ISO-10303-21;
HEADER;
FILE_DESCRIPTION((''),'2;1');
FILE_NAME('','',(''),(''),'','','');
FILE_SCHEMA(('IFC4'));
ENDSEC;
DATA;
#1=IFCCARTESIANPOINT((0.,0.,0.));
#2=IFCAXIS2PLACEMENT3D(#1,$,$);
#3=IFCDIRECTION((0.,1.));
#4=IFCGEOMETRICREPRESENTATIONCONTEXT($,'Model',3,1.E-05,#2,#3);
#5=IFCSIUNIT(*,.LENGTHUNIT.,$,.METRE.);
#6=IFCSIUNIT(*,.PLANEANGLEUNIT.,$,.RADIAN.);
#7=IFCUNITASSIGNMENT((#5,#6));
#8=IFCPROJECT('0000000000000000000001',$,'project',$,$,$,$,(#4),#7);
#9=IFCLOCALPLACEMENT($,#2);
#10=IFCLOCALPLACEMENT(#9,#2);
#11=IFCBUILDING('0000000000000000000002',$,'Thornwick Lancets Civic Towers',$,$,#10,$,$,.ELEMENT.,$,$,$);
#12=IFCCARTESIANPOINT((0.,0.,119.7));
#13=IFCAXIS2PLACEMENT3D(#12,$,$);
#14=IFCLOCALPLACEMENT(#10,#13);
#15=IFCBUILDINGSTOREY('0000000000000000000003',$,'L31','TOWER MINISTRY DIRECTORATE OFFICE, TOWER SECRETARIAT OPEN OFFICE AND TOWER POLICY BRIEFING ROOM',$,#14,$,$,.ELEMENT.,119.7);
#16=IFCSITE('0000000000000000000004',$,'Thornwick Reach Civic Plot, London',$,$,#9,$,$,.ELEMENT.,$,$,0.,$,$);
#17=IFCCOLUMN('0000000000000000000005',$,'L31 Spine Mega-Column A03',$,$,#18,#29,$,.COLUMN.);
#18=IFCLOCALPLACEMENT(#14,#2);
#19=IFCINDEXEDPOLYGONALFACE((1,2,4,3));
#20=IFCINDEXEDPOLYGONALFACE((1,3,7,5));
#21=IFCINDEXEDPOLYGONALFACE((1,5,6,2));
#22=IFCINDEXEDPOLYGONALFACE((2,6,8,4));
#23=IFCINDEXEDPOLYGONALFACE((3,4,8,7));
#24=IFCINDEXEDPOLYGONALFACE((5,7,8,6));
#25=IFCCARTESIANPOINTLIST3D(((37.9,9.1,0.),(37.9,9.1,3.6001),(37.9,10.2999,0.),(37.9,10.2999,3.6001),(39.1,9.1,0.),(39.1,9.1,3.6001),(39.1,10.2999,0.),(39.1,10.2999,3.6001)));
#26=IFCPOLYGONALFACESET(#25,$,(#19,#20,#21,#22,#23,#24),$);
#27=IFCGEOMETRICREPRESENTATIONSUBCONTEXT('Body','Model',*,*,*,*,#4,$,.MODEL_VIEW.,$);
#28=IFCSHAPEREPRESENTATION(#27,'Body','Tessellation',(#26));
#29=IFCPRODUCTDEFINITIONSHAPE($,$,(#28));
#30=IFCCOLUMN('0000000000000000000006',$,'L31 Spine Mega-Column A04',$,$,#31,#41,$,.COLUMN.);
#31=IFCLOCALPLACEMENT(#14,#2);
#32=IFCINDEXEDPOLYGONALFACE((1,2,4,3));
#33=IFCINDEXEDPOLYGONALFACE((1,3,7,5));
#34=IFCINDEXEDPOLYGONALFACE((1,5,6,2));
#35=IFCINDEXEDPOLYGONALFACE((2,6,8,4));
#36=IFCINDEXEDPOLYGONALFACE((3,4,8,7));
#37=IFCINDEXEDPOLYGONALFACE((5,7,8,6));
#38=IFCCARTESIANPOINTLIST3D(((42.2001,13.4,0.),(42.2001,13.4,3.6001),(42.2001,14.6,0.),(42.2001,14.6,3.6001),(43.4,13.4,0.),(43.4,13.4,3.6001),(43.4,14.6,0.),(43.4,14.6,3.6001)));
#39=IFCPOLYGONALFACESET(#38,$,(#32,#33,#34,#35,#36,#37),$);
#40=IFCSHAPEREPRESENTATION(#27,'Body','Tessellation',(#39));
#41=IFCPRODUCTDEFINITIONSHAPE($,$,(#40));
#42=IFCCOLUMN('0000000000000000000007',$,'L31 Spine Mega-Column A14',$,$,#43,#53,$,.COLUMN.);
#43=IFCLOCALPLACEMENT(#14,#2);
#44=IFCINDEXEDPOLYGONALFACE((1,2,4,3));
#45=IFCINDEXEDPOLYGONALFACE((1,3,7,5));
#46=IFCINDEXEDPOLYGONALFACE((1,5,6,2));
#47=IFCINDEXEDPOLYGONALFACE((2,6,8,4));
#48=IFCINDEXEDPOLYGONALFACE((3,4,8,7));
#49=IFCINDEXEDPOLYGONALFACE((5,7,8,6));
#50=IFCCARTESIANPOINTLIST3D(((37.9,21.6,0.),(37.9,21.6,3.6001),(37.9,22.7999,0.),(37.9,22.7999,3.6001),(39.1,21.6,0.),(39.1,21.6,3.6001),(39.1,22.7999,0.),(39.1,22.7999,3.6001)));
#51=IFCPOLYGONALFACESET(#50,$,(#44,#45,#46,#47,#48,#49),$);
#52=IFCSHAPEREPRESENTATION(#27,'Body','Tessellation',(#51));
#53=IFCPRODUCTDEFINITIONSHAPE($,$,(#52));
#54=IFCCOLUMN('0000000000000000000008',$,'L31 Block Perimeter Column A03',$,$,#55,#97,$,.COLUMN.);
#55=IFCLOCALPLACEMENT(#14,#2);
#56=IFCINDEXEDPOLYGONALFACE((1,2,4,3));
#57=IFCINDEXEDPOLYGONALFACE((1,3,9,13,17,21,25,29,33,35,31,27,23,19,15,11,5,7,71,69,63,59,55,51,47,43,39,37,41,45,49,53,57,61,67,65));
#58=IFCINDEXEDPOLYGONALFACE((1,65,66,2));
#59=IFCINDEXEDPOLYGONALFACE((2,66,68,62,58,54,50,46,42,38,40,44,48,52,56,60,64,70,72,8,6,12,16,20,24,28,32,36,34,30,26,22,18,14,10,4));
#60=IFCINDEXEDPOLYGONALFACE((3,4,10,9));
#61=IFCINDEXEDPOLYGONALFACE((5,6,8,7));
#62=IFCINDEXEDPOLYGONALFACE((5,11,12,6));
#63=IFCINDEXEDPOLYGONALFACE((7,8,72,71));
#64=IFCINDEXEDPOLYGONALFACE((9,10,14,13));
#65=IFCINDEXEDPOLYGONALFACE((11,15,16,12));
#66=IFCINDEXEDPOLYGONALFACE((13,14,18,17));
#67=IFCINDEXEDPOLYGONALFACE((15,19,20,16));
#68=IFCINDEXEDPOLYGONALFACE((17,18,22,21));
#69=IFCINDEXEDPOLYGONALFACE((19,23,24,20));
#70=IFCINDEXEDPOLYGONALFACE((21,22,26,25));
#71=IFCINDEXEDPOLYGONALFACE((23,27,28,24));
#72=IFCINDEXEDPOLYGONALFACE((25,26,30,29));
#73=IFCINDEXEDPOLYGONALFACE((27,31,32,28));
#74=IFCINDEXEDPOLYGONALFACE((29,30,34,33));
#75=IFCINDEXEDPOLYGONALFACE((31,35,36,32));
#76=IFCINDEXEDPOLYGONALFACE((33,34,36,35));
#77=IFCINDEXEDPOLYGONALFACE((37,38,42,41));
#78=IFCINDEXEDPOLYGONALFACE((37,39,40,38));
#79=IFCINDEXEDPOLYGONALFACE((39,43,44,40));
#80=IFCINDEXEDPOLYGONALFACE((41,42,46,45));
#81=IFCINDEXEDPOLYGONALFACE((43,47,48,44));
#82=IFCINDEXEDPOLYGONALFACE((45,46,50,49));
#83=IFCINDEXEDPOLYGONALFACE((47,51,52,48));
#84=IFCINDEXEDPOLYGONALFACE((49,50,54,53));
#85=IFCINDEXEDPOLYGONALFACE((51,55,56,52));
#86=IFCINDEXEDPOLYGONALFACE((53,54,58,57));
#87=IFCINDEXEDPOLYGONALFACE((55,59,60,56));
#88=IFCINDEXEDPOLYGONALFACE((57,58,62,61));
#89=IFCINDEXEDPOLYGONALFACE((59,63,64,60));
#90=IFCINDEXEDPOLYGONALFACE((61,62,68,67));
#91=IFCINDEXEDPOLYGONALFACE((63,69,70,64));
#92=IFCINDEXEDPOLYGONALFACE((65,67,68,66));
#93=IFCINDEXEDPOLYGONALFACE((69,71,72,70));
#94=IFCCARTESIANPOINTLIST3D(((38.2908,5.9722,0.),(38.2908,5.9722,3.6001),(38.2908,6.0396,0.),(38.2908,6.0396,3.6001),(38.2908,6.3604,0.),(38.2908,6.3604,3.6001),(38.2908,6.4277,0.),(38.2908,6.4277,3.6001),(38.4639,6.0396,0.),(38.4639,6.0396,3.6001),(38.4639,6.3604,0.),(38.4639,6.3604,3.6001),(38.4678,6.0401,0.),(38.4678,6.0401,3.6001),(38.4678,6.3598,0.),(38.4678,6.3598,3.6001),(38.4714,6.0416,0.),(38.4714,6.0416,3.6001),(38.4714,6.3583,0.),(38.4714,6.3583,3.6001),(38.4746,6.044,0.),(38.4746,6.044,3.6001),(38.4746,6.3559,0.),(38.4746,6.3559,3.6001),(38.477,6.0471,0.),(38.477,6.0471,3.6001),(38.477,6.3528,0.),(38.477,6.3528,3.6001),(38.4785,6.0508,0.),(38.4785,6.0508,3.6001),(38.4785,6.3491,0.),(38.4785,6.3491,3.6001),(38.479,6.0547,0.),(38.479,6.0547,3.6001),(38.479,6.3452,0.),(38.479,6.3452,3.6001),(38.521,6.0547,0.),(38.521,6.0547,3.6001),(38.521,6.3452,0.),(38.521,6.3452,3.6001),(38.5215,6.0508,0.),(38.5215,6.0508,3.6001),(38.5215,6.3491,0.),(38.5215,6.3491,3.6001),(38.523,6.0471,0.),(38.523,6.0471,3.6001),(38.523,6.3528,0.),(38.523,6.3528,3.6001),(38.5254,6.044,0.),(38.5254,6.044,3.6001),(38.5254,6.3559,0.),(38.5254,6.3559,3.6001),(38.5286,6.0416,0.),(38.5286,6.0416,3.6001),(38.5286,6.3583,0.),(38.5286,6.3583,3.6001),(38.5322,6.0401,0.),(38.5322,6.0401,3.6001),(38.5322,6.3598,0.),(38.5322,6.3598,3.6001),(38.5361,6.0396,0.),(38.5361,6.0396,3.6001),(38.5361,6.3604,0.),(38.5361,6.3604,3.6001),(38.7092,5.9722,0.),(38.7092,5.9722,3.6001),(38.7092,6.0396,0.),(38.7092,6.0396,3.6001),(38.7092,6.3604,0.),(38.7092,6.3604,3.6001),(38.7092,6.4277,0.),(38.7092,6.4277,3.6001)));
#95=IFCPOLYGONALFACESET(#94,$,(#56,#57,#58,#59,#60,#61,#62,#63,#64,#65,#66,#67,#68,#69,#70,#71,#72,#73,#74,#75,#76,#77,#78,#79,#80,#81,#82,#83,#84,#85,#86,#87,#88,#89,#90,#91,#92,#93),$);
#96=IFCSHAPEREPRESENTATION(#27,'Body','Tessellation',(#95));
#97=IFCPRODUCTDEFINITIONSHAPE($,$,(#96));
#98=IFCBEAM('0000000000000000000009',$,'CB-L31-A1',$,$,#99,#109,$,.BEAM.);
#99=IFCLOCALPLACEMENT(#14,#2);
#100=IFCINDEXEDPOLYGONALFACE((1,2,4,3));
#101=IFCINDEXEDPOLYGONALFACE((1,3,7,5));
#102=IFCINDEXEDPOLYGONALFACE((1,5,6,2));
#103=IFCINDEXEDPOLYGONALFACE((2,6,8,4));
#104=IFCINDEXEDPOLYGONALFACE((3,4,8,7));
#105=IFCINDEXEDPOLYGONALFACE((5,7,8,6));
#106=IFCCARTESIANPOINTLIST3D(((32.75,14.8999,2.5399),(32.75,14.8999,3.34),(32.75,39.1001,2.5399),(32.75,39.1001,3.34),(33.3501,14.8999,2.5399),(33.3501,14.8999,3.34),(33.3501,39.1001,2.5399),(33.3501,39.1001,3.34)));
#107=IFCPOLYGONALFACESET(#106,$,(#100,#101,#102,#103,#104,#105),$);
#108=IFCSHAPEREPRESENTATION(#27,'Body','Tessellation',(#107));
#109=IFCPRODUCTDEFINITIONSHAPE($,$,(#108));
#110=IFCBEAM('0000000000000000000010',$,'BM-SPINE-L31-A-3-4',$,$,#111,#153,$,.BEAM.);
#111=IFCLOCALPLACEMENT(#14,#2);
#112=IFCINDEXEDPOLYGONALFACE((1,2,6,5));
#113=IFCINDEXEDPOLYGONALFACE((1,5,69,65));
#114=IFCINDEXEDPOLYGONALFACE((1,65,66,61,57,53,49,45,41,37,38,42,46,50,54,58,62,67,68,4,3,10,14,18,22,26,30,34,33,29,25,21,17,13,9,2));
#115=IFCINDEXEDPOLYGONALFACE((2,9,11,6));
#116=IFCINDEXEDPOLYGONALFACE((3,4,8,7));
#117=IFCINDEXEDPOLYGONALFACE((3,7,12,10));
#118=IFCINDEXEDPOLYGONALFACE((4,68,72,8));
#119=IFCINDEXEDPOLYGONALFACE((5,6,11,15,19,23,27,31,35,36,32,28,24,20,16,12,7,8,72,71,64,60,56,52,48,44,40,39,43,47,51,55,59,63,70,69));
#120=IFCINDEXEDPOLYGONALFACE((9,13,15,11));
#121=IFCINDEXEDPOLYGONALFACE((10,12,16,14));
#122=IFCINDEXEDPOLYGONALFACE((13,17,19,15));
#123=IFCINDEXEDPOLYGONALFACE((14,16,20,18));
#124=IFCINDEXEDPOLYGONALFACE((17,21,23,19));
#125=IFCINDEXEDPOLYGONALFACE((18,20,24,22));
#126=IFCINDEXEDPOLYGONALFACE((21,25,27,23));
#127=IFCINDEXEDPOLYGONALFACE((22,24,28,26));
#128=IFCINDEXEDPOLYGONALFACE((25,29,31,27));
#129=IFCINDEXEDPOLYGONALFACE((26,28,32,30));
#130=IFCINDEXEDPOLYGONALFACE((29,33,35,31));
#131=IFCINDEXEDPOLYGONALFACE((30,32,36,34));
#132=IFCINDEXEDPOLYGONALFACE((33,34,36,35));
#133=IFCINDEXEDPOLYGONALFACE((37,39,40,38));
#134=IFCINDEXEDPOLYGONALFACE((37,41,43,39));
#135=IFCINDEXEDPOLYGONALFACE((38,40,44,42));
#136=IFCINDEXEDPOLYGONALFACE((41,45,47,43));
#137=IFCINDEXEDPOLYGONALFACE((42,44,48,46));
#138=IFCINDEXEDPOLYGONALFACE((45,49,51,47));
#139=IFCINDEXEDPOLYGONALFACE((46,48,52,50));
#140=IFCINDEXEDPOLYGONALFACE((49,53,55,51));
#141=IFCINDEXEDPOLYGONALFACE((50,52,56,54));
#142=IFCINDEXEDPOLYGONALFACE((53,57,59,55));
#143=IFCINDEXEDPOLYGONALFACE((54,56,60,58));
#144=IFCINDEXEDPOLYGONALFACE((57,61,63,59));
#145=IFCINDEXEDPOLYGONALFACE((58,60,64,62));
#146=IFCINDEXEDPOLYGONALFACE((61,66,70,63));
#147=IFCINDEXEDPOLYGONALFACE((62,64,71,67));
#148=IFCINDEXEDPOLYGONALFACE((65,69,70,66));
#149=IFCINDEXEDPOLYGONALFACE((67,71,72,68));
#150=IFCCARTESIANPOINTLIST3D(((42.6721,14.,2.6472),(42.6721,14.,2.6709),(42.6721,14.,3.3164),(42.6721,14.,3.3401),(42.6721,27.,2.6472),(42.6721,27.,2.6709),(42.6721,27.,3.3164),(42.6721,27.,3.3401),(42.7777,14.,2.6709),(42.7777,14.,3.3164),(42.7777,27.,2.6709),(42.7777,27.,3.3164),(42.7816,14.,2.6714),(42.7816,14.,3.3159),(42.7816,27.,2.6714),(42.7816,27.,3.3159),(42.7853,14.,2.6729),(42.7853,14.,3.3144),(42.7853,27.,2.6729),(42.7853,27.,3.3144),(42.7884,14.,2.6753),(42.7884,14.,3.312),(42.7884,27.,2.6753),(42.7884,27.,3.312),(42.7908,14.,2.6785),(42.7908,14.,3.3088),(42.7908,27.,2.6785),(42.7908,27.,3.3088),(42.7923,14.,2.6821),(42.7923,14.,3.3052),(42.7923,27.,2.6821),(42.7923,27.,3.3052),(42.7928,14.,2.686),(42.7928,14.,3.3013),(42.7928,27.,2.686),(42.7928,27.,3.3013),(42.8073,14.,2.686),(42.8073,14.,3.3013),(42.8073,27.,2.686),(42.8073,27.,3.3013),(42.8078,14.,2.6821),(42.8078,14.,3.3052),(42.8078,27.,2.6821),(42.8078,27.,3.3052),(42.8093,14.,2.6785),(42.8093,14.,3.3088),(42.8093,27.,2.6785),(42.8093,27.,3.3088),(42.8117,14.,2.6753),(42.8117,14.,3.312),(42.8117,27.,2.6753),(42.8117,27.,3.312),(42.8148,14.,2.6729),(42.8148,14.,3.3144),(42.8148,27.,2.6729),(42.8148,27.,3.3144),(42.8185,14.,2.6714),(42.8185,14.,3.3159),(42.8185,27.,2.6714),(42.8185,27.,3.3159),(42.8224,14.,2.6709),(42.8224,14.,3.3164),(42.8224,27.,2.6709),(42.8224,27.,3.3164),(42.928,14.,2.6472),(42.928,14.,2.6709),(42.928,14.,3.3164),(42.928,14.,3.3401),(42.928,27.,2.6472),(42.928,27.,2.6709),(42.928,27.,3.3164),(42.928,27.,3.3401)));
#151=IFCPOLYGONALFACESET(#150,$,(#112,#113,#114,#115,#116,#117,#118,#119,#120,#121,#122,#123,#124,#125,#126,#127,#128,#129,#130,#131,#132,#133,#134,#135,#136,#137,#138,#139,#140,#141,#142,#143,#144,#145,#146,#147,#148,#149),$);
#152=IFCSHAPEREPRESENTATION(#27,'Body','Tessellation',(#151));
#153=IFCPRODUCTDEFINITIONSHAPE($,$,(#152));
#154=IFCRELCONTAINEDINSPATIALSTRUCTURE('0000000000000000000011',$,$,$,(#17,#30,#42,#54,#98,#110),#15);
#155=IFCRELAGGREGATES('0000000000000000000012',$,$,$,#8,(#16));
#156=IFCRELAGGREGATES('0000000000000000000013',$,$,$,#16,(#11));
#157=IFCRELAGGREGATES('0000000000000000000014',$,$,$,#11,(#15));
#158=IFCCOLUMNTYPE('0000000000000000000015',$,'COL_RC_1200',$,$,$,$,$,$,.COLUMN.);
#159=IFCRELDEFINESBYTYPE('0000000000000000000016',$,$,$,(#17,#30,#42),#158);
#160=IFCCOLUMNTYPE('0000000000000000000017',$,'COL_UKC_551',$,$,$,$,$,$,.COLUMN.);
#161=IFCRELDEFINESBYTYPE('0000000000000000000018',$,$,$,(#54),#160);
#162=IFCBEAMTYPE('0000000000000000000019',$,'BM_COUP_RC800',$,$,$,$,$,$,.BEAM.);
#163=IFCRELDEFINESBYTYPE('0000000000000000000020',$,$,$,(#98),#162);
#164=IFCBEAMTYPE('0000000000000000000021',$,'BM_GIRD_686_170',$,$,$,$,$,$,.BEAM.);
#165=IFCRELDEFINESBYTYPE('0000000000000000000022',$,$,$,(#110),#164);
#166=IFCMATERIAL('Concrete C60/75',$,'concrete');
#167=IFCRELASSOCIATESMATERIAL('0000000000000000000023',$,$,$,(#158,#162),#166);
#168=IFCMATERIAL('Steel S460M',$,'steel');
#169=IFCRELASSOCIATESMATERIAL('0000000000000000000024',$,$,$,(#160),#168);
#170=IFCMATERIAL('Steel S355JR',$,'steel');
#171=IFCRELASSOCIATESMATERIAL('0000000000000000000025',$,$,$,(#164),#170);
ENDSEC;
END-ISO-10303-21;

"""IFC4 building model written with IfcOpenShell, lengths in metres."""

from ifc_helpers import new_model, si_unit, direction, frame, origin, origin_2d, place, context, subcontext, project, spatial, rectangle, i_section, extrude, material, material_profile, profile_set, type_object, element, save


model = new_model("IFC4")

# Units and contexts
model_context = context("Model", 3, precision=1e-05, world=origin(), true_north=direction((0.0, 1.0)))
body_context = subcontext(model_context, "Body", "Model", "MODEL_VIEW")
ifc_project = project(units=[si_unit("LENGTHUNIT", "METRE"), si_unit("PLANEANGLEUNIT", "RADIAN")], contexts=[model_context])

# Site, building, storey
site_placement = place(None, origin())
site = spatial("IfcSite", under=ifc_project, at=site_placement, Name="Thornwick Reach Civic Plot, London", CompositionType="ELEMENT", RefElevation=0.0)
building_placement = place(site_placement, origin())
building = spatial("IfcBuilding", under=site, at=building_placement, Name="Thornwick Lancets Civic Towers", CompositionType="ELEMENT")
storey_placement = place(building_placement, frame((0.0, 0.0, 119.7)))
storey = spatial("IfcBuildingStorey", under=building, at=storey_placement, Name="L31", Description="TOWER MINISTRY DIRECTORATE OFFICE, TOWER SECRETARIAT OPEN OFFICE AND TOWER POLICY BRIEFING ROOM", CompositionType="ELEMENT", Elevation=119.7)

# Columns
ifc_material_1 = material(Name="Concrete C60/75", Category="concrete")
ifc_material_profile_1 = material_profile(ifc_material_1, rectangle(XDim=1.2, YDim=1.2, at=origin_2d()), Name="RC 1200x1200")
ifc_profile_set_1 = profile_set([ifc_material_profile_1], Name="Concrete C60/75")
column_type_1 = type_object("IfcColumnType", Name="COL_RC_1200", PredefinedType="COLUMN", material=ifc_profile_set_1)
for number, where, z_axis, x_axis, name in (
    (1, (38.5, 9.7, 0.0), (0.0, 0.0, 1.0), (1.0, 0.0, 0.0), "L31 Spine Mega-Column A03"),
    (2, (42.8, 14.0, 0.0), (0.0, 0.0, 1.0), (1.0, 0.0, 0.0), "L31 Spine Mega-Column A04"),
    (3, (38.5, 22.2, 0.0), (0.0, 0.0, 1.0), (1.0, 0.0, 0.0), "L31 Spine Mega-Column A14"),
):
    element("IfcColumn", number, at=place(storey_placement, frame(where, z_axis=z_axis, x_axis=x_axis)), inside=storey, type_object=column_type_1, Name=name, PredefinedType="COLUMN", context=body_context, shape_type="SweptSolid", body=[
        extrude(rectangle(XDim=1.2, YDim=1.2, at=origin_2d()), origin(), (0.0, 0.0, 1.0), 3.6001),
    ])
ifc_material_2 = material(Name="Steel S460M", Category="steel")
ifc_material_profile_2 = material_profile(ifc_material_2, i_section(OverallWidth=0.4185, OverallDepth=0.4556, WebThickness=0.042, FlangeThickness=0.0674, FilletRadius=0.0151, at=origin_2d()), Name="UKC 356x406x551")
ifc_profile_set_2 = profile_set([ifc_material_profile_2], Name="Steel S460M")
column_type_2 = type_object("IfcColumnType", Name="COL_UKC_551", PredefinedType="COLUMN", material=ifc_profile_set_2)
column_placement = place(storey_placement, frame((38.5, 6.2, 0.0), z_axis=(0.0, 0.0, 1.0), x_axis=(1.0, 0.0, 0.0)))
element("IfcColumn", 4, at=column_placement, inside=storey, type_object=column_type_2, Name="L31 Block Perimeter Column A03", PredefinedType="COLUMN", context=body_context, shape_type="SweptSolid", body=[
    extrude(i_section(OverallWidth=0.4185, OverallDepth=0.4556, WebThickness=0.042, FlangeThickness=0.0674, FilletRadius=0.0151, at=origin_2d()), origin(), (0.0, 0.0, 1.0), 3.6001),
])

# Beams
ifc_material_profile_3 = material_profile(ifc_material_1, rectangle(XDim=0.6001, YDim=0.8, at=origin_2d()), Name="RC 600x800")
ifc_profile_set_3 = profile_set([ifc_material_profile_3], Name="Concrete C60/75")
beam_type_1 = type_object("IfcBeamType", Name="BM_COUP_RC800", PredefinedType="BEAM", material=ifc_profile_set_3)
beam_1_placement = place(storey_placement, frame((33.05, 14.8999, 2.9399), z_axis=(0.0, 1.0, 0.0), x_axis=(-1.0, 0.0, 0.0)))
element("IfcBeam", 5, at=beam_1_placement, inside=storey, type_object=beam_type_1, Name="CB-L31-A1", PredefinedType="BEAM", context=body_context, shape_type="SweptSolid", body=[
    extrude(rectangle(XDim=0.6001, YDim=0.8, at=origin_2d()), origin(), (0.0, 0.0, 1.0), 24.2002),
])
ifc_material_3 = material(Name="Steel S355JR", Category="steel")
ifc_material_profile_4 = material_profile(ifc_material_3, i_section(OverallWidth=0.2559, OverallDepth=0.6929, WebThickness=0.0144, FlangeThickness=0.0237, FilletRadius=0.0151, at=origin_2d()), Name="UKB 686x254x170")
ifc_profile_set_4 = profile_set([ifc_material_profile_4], Name="Steel S355JR")
beam_type_2 = type_object("IfcBeamType", Name="BM_GIRD_686_170", PredefinedType="BEAM", material=ifc_profile_set_4)
beam_2_placement = place(storey_placement, frame((42.8, 14.0, 2.9937), z_axis=(0.0, 1.0, 0.0), x_axis=(-1.0, 0.0, 0.0)))
element("IfcBeam", 6, at=beam_2_placement, inside=storey, type_object=beam_type_2, Name="BM-SPINE-L31-A-3-4", PredefinedType="BEAM", context=body_context, shape_type="SweptSolid", body=[
    extrude(i_section(OverallWidth=0.2559, OverallDepth=0.6929, WebThickness=0.0144, FlangeThickness=0.0237, FilletRadius=0.0151, at=origin_2d()), origin(), (0.0, 0.0, 1.0), 13.0),
])

save(model, "model.ifc")
